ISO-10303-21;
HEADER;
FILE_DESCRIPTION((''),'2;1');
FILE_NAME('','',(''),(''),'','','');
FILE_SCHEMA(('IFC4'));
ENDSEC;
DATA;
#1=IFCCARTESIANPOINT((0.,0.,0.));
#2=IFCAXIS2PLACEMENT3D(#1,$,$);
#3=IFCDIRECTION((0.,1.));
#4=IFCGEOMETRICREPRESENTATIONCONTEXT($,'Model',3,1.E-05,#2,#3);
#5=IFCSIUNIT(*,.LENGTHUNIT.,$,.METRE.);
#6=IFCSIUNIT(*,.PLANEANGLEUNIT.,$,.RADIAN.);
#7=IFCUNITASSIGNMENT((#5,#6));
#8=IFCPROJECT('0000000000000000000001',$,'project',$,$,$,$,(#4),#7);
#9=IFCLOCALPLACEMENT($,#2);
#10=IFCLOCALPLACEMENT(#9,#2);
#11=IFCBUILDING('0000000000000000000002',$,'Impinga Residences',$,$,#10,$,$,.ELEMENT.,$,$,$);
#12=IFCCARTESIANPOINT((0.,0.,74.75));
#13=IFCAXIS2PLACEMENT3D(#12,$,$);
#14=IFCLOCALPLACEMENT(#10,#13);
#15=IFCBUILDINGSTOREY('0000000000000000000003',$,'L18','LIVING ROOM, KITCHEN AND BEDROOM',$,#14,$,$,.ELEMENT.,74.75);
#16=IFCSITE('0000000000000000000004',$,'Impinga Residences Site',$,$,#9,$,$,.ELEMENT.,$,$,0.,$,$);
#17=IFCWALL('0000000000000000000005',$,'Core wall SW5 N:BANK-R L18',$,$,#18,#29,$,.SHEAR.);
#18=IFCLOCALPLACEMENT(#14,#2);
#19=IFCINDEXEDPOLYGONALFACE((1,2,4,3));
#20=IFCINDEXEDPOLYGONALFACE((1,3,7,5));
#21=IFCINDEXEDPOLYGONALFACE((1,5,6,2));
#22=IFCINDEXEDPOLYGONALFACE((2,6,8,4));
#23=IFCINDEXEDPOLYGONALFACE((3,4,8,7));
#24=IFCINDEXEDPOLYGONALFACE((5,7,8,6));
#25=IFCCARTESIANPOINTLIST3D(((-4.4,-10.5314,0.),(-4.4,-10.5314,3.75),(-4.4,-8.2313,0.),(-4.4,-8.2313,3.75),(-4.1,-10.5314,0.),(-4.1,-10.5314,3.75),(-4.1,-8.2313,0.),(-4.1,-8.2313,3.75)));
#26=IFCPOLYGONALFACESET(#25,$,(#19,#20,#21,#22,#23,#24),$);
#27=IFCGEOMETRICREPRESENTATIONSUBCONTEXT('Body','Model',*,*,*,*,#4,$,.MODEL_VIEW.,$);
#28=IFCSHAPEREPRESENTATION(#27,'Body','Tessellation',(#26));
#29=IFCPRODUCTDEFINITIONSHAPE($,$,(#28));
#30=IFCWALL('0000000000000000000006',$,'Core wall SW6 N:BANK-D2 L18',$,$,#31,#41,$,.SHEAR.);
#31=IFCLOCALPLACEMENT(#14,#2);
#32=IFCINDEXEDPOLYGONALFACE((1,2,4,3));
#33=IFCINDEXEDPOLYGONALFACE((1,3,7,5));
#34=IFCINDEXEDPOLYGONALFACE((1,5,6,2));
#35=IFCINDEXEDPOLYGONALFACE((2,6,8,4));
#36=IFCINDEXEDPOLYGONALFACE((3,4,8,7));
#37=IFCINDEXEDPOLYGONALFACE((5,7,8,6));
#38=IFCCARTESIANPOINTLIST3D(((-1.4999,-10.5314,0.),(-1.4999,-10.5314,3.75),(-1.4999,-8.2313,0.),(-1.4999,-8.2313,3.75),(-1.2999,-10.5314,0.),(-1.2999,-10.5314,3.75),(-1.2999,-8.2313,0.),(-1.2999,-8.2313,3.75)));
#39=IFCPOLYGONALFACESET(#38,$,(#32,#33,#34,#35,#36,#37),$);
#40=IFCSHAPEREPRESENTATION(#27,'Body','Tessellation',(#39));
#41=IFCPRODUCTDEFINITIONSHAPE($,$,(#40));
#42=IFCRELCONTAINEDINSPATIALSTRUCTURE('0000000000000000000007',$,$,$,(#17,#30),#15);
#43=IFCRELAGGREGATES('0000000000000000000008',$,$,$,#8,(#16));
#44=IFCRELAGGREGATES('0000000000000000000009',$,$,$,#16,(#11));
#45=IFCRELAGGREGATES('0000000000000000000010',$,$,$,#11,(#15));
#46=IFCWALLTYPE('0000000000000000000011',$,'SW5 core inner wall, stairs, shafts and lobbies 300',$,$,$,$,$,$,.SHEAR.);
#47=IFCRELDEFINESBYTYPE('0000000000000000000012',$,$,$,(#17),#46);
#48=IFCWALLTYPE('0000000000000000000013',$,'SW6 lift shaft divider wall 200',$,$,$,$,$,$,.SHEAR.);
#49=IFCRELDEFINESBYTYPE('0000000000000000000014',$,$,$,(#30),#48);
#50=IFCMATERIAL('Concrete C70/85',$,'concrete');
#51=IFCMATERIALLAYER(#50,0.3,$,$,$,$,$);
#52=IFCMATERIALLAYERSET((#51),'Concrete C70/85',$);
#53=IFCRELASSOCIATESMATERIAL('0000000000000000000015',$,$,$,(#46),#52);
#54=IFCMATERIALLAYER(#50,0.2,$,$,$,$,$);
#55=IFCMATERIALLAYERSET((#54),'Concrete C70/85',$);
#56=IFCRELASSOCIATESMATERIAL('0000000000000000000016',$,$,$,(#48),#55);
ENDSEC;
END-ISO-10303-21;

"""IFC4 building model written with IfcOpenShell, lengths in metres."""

from ifc_helpers import new_model, si_unit, direction, frame, frame_2d, origin, place, context, subcontext, project, spatial, rectangle, extrude, material, layer, layer_set, type_object, element, save


model = new_model("IFC4")

# Units and contexts
model_context = context("Model", 3, precision=1e-05, world=origin(), true_north=direction((0.0, 1.0)))
body_context = subcontext(model_context, "Body", "Model", "MODEL_VIEW")
ifc_project = project(units=[si_unit("LENGTHUNIT", "METRE"), si_unit("PLANEANGLEUNIT", "RADIAN")], contexts=[model_context])

# Site, building, storey
site_placement = place(None, origin())
site = spatial("IfcSite", under=ifc_project, at=site_placement, Name="Impinga Residences Site", CompositionType="ELEMENT", RefElevation=0.0)
building_placement = place(site_placement, origin())
building = spatial("IfcBuilding", under=site, at=building_placement, Name="Impinga Residences", CompositionType="ELEMENT")
storey_placement = place(building_placement, frame((0.0, 0.0, 74.75)))
storey = spatial("IfcBuildingStorey", under=building, at=storey_placement, Name="L18", Description="LIVING ROOM, KITCHEN AND BEDROOM", CompositionType="ELEMENT", Elevation=74.75)

# Shared definitions
ifc_material_1 = material(Name="Concrete C70/85", Category="concrete")

# Walls
ifc_layer_1 = layer(ifc_material_1, 0.3)
ifc_layer_set_1 = layer_set([ifc_layer_1], Name="Concrete C70/85")
wall_type_1 = type_object("IfcWallType", Name="SW5 core inner wall, stairs, shafts and lobbies 300", PredefinedType="SHEAR", material=ifc_layer_set_1)
wall_1_placement = place(storey_placement, frame((-4.25, -8.2314, 0.0), z_axis=(0.0, 0.0, 1.0), x_axis=(0.0, -1.0, 0.0)))
element("IfcWall", 1, at=wall_1_placement, inside=storey, type_object=wall_type_1, Name="Core wall SW5 N:BANK-R L18", PredefinedType="SHEAR", context=body_context, shape_type="SweptSolid", body=[
    extrude(rectangle(XDim=2.3, YDim=0.3, at=frame_2d((1.1499, 0.0))), origin(), (0.0, 0.0, 1.0), 3.75),
])
ifc_layer_2 = layer(ifc_material_1, 0.2)
ifc_layer_set_2 = layer_set([ifc_layer_2], Name="Concrete C70/85")
wall_type_2 = type_object("IfcWallType", Name="SW6 lift shaft divider wall 200", PredefinedType="SHEAR", material=ifc_layer_set_2)
wall_2_placement = place(storey_placement, frame((-1.3999, -8.2314, 0.0), z_axis=(0.0, 0.0, 1.0), x_axis=(0.0, -1.0, 0.0)))
element("IfcWall", 2, at=wall_2_placement, inside=storey, type_object=wall_type_2, Name="Core wall SW6 N:BANK-D2 L18", PredefinedType="SHEAR", context=body_context, shape_type="SweptSolid", body=[
    extrude(rectangle(XDim=2.3, YDim=0.2, at=frame_2d((1.1499, 0.0))), origin(), (0.0, 0.0, 1.0), 3.75),
])

save(model, "model.ifc")
